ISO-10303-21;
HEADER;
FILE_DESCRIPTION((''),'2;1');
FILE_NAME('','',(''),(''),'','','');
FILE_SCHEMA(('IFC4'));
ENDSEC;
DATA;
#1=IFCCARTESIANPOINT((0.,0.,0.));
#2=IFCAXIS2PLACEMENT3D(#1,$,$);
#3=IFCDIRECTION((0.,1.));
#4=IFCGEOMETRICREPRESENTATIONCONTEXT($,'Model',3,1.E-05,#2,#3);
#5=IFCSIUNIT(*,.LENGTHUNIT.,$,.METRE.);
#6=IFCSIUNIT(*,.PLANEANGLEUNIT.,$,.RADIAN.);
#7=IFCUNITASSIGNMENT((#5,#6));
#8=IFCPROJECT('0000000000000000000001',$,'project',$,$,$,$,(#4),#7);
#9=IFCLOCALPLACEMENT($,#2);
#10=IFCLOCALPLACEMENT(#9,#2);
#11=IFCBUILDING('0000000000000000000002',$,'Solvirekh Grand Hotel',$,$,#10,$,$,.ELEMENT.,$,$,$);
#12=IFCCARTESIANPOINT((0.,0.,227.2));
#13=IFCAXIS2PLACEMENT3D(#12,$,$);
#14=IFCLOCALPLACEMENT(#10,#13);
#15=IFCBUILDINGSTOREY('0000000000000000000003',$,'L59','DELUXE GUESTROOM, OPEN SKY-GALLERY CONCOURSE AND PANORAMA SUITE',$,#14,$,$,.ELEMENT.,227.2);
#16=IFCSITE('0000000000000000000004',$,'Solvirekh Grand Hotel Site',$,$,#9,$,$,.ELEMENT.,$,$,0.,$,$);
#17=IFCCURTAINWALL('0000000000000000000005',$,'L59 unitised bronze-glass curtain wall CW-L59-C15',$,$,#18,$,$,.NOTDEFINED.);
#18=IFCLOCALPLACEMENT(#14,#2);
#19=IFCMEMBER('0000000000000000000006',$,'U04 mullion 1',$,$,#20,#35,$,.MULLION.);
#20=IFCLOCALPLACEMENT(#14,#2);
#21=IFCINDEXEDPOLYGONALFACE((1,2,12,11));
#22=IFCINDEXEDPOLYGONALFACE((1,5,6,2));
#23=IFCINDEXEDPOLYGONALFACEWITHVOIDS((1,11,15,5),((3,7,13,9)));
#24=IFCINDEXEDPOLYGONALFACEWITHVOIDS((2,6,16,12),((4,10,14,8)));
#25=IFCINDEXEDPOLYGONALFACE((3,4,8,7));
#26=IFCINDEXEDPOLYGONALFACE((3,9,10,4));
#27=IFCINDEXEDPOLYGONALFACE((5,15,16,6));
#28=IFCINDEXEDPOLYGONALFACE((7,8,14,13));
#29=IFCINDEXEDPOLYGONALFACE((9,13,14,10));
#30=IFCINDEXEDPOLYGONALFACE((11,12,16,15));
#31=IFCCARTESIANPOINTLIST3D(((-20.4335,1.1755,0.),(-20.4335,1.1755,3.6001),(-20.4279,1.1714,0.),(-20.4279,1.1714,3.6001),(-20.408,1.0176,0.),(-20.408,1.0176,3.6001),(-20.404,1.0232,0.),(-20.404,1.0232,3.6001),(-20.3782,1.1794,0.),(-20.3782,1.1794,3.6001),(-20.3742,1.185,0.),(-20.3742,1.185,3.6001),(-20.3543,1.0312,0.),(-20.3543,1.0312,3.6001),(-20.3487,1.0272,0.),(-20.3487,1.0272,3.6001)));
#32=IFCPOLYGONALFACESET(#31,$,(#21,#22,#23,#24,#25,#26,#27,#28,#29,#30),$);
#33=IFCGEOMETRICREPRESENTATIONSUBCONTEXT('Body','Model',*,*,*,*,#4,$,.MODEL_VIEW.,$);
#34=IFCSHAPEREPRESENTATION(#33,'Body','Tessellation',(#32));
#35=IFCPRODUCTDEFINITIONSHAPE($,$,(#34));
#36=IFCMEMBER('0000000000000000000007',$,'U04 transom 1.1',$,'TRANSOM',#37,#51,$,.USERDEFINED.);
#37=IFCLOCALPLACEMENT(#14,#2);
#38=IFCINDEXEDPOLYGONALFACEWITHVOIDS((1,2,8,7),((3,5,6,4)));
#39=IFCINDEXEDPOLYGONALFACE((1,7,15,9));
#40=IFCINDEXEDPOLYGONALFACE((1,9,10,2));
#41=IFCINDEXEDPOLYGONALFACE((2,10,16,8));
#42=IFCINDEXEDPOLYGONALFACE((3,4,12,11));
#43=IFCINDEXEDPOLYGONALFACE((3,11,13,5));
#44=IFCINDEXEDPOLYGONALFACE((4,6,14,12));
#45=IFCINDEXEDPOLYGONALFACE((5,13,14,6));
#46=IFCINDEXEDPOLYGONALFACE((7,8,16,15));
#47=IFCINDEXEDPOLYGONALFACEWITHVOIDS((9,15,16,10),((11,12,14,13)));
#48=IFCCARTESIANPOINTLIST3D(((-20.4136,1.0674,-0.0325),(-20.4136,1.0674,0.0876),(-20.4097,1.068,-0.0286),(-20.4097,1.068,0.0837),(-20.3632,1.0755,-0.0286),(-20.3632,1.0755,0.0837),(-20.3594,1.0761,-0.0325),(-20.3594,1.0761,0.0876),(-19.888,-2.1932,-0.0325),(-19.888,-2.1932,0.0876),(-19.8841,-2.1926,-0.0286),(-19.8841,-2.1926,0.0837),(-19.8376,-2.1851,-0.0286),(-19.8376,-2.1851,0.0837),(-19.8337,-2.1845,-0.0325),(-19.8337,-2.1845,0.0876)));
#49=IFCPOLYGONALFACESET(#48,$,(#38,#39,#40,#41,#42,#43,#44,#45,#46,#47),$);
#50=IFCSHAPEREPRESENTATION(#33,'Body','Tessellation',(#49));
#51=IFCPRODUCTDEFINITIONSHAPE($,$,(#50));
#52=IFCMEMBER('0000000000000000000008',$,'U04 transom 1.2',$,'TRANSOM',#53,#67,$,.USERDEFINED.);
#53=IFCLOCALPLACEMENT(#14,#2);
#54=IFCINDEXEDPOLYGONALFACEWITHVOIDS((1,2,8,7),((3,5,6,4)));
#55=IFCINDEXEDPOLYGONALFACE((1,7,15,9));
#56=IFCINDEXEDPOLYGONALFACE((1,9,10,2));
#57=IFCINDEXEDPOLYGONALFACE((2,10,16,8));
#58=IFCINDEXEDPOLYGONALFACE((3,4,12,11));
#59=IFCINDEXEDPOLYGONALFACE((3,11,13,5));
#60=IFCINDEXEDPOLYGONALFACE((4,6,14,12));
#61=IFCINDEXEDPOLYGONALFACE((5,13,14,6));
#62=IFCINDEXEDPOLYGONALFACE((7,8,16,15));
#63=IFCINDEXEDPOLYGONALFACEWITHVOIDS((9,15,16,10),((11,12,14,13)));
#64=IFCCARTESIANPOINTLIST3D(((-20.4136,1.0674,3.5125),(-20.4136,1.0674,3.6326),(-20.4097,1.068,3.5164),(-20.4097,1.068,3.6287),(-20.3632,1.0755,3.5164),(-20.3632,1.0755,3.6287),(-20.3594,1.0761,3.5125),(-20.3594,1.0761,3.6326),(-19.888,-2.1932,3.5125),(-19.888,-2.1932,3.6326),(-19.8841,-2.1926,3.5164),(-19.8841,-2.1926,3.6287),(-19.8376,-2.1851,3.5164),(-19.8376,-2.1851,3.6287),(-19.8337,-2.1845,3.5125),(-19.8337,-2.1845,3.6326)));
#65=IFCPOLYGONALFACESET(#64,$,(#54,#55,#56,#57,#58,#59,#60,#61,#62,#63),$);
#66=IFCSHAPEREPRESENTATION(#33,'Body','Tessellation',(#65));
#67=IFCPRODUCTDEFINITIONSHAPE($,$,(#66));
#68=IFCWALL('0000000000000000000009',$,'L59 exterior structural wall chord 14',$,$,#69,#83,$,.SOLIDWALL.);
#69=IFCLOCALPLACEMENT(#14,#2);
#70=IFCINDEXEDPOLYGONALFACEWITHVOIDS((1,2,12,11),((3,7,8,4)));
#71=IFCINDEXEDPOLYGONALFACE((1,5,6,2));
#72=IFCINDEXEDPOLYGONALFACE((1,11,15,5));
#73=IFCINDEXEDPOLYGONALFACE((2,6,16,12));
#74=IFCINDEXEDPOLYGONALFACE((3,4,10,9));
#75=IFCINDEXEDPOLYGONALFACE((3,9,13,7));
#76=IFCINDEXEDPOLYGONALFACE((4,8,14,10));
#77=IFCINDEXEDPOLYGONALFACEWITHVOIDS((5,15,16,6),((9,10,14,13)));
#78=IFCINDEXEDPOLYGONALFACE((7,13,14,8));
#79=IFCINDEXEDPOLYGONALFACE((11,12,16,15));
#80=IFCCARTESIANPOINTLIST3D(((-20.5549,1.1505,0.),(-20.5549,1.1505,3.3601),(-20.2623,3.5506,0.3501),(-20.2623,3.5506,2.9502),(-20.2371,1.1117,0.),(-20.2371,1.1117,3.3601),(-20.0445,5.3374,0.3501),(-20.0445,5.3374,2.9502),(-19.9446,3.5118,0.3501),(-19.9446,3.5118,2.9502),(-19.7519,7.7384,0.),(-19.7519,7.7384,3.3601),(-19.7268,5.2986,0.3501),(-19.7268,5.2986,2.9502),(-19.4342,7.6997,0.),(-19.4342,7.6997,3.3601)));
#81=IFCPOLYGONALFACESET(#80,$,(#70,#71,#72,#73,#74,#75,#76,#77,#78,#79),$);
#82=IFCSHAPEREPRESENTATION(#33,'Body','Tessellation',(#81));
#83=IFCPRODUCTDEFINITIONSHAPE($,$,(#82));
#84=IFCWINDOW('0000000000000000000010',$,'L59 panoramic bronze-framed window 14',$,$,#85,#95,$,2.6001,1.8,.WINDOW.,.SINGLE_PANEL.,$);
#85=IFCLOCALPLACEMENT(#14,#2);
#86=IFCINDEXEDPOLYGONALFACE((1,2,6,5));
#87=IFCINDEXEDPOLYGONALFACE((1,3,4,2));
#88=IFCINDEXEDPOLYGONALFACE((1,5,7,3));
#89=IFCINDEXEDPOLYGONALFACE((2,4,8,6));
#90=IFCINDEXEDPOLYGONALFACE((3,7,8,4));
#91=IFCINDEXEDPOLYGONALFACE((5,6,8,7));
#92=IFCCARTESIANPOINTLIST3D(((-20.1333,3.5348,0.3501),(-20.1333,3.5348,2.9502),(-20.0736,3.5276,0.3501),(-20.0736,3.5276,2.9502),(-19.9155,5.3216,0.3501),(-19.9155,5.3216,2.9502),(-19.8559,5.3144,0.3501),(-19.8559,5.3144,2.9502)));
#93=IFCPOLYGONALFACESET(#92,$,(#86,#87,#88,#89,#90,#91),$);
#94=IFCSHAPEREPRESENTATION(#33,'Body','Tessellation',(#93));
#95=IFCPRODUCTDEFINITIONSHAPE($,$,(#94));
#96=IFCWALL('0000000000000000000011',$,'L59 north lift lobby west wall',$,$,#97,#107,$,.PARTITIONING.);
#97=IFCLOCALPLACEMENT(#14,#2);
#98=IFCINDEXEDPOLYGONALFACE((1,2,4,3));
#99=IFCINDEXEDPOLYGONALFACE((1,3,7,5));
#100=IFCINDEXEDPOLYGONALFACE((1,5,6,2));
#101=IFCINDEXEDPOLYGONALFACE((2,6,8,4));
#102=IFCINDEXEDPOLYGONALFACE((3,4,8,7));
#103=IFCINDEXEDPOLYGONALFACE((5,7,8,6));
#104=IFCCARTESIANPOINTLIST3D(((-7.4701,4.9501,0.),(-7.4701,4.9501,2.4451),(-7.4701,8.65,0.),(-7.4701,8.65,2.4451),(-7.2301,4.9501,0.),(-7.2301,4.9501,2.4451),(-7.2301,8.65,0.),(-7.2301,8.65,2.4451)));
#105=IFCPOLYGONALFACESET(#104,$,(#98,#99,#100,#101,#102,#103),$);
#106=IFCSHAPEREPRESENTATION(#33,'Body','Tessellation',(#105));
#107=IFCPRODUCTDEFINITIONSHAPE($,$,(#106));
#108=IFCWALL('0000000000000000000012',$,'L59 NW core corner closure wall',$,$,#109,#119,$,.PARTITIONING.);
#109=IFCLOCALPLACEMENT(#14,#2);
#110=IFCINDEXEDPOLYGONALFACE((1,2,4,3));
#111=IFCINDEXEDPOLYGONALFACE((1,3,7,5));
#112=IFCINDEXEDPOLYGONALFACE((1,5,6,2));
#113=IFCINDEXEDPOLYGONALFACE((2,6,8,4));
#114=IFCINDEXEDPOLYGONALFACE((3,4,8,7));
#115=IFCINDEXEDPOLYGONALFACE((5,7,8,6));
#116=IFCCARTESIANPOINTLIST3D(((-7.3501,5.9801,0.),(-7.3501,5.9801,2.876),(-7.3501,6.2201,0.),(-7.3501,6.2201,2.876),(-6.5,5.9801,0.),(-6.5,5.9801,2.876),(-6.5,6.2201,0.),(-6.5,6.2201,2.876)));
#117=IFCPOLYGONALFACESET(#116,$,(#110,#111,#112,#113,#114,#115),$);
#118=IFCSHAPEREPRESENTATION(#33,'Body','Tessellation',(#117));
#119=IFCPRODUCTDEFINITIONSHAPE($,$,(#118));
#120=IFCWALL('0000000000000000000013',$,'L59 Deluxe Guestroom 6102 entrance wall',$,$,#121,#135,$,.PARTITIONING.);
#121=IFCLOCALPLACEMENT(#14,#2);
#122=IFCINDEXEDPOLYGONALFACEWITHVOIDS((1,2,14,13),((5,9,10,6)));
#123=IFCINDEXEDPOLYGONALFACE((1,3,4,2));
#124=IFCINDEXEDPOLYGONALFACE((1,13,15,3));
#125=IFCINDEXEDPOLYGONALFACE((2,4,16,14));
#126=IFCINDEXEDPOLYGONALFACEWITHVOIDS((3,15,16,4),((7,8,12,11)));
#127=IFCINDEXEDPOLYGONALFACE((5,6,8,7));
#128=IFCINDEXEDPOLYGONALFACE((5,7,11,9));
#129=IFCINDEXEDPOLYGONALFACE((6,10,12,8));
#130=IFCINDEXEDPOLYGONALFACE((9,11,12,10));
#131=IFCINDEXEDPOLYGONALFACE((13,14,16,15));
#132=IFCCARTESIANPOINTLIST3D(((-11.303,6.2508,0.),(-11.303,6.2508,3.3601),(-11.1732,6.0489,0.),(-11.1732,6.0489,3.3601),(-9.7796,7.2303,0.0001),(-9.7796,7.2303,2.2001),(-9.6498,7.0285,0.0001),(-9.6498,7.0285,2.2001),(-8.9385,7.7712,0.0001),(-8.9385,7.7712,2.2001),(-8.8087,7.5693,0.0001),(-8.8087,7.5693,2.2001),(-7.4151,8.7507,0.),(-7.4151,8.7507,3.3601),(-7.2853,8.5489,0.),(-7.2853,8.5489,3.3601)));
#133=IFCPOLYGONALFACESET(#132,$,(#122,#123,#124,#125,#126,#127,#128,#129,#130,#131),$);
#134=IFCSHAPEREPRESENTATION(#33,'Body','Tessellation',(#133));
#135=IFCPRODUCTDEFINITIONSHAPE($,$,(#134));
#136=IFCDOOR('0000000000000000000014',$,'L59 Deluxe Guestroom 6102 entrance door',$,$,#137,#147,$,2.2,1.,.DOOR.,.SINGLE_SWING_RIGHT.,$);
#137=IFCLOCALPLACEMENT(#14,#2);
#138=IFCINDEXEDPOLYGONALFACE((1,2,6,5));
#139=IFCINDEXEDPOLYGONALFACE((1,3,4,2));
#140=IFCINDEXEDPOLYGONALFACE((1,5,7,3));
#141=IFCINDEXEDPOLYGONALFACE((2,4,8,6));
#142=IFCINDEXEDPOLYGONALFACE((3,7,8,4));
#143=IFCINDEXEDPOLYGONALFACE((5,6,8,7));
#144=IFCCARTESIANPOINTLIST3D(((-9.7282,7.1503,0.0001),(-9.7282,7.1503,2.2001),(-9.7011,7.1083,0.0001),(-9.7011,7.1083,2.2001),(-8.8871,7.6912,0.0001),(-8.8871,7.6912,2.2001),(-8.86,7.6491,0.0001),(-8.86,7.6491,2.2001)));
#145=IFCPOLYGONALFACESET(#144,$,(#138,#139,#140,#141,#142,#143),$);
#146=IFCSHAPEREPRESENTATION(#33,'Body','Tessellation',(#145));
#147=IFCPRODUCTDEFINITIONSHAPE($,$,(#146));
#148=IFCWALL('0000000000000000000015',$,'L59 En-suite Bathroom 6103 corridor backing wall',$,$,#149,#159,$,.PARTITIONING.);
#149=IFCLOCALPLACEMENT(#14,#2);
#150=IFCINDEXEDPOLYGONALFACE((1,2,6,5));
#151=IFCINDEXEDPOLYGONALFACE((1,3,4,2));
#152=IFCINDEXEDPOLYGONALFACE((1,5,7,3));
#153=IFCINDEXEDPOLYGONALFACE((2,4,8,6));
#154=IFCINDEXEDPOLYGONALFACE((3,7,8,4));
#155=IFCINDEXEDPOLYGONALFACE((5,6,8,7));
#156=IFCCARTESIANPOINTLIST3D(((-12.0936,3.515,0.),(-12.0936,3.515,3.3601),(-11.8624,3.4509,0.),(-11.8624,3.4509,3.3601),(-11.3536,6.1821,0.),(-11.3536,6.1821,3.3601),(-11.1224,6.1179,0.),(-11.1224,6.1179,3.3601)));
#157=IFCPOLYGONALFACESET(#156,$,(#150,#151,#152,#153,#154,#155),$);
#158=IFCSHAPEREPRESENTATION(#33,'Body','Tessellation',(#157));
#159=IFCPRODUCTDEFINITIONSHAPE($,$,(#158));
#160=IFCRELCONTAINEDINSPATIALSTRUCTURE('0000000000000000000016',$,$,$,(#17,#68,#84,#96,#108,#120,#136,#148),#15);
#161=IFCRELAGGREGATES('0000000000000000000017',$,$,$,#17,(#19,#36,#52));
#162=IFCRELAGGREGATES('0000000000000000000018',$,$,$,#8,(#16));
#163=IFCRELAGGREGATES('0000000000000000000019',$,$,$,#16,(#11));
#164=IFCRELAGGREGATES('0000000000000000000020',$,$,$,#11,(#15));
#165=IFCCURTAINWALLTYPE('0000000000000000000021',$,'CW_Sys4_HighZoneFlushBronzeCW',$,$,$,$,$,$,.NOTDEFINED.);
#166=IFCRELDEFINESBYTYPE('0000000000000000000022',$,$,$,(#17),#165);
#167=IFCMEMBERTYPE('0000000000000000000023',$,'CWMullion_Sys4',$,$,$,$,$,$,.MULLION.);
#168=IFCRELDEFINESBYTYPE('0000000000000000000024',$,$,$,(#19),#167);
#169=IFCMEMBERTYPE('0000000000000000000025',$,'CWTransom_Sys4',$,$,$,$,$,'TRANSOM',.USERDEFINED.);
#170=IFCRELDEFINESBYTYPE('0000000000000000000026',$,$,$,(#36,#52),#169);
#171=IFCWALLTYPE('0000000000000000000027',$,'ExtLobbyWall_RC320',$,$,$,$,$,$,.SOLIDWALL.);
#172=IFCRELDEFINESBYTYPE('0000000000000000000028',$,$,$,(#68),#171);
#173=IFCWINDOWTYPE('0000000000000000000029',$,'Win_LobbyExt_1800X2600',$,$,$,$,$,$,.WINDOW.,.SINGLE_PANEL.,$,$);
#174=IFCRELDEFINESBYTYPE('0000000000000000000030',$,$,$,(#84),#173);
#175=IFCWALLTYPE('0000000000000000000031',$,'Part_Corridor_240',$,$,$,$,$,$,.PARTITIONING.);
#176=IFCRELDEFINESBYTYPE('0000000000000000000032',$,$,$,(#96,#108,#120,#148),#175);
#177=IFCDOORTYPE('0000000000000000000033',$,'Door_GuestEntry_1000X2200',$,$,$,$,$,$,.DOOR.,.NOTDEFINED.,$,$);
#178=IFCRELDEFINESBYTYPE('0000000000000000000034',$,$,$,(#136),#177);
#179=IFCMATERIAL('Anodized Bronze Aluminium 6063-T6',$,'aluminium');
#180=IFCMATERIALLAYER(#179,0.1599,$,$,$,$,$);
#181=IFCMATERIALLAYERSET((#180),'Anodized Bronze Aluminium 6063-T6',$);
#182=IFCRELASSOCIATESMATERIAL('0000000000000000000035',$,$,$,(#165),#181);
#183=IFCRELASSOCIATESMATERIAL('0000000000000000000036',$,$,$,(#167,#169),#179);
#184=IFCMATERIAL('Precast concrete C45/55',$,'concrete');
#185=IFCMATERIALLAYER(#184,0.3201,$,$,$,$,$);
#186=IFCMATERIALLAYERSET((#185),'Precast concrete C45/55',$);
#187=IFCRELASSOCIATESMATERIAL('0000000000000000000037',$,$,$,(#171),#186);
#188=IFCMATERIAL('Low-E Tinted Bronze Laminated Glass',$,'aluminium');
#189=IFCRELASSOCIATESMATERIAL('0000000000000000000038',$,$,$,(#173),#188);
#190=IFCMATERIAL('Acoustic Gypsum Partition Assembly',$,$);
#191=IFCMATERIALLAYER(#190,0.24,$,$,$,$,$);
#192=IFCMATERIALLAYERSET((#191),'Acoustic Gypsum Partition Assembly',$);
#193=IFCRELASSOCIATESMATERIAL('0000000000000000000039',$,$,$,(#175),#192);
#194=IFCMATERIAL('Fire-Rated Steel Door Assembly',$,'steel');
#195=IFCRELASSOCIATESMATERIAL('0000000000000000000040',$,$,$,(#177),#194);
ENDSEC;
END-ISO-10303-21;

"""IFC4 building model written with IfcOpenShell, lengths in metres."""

from ifc_helpers import new_model, si_unit, direction, frame, frame_2d, origin, origin_2d, place, context, subcontext, project, spatial, rectangle, hollow_rectangle, extrude, source, transform, mapped, material, layer, layer_set, material_profile, profile_set, type_object, element, fill, aggregate, save


model = new_model("IFC4")

# Units and contexts
model_context = context("Model", 3, precision=1e-05, world=origin(), true_north=direction((0.0, 1.0)))
body_context = subcontext(model_context, "Body", "Model", "MODEL_VIEW")
ifc_project = project(units=[si_unit("LENGTHUNIT", "METRE"), si_unit("PLANEANGLEUNIT", "RADIAN")], contexts=[model_context])

# Site, building, storey
site_placement = place(None, origin())
site = spatial("IfcSite", under=ifc_project, at=site_placement, Name="Solvirekh Grand Hotel Site", CompositionType="ELEMENT", RefElevation=0.0)
building_placement = place(site_placement, origin())
building = spatial("IfcBuilding", under=site, at=building_placement, Name="Solvirekh Grand Hotel", CompositionType="ELEMENT")
storey_placement = place(building_placement, frame((0.0, 0.0, 227.2)))
storey = spatial("IfcBuildingStorey", under=building, at=storey_placement, Name="L59", Description="DELUXE GUESTROOM, OPEN SKY-GALLERY CONCOURSE AND PANORAMA SUITE", CompositionType="ELEMENT", Elevation=227.2)

# Curtain wall, members
ifc_material_1 = material(Name="Anodized Bronze Aluminium 6063-T6", Category="aluminium")
ifc_layer_1 = layer(ifc_material_1, 0.1599)
ifc_layer_set_1 = layer_set([ifc_layer_1], Name="Anodized Bronze Aluminium 6063-T6")
curtain_wall_type = type_object("IfcCurtainWallType", Name="CW_Sys4_HighZoneFlushBronzeCW", PredefinedType="NOTDEFINED", material=ifc_layer_set_1)
curtain_wall_placement = place(storey_placement, origin())
curtain_wall = element("IfcCurtainWall", 1, at=curtain_wall_placement, inside=storey, type_object=curtain_wall_type, Name="L59 unitised bronze-glass curtain wall CW-L59-C15", PredefinedType="NOTDEFINED")
ifc_material_profile_1 = material_profile(ifc_material_1, hollow_rectangle(XDim=0.0601, YDim=0.1599, WallThickness=0.0049, at=origin_2d()), Name="ALU RHS 160X60X5")
ifc_profile_set_1 = profile_set([ifc_material_profile_1], Name="Anodized Bronze Aluminium 6063-T6")
member_type_1 = type_object("IfcMemberType", Name="CWMullion_Sys4", PredefinedType="MULLION", material=ifc_profile_set_1)
shared_shape_1 = source(origin(), body_context, "Body", "SweptSolid", [
    extrude(hollow_rectangle(XDim=0.0601, YDim=0.1599, WallThickness=0.0049, at=origin_2d()), origin(), (0.0, 0.0, 1.0), 3.6001),
])
member_1_placement = place(storey_placement, frame((-20.3911, 1.1013, 0.0), z_axis=(0.0, 0.0, 1.0), x_axis=(0.987252, 0.159163, 0.0)))
member_1 = element("IfcMember", 2, at=member_1_placement, type_object=member_type_1, Name="U04 mullion 1", PredefinedType="MULLION", context=body_context, shape_type="MappedRepresentation", body=[
    mapped(shared_shape_1, transform((0.0, 0.0, 0.0), x_axis=(1.0, 0.0, 0.0), y_axis=(0.0, 1.0, 0.0), z_axis=(0.0, 0.0, 1.0), scale=1.0)),
])
ifc_material_profile_2 = material_profile(ifc_material_1, hollow_rectangle(XDim=0.0549, YDim=0.1201, WallThickness=0.0039, at=origin_2d()), Name="ALU RHS 120X55X4")
ifc_profile_set_2 = profile_set([ifc_material_profile_2], Name="Anodized Bronze Aluminium 6063-T6")
member_type_2 = type_object("IfcMemberType", Name="CWTransom_Sys4", ElementType="TRANSOM", PredefinedType="USERDEFINED", material=ifc_profile_set_2)
shared_shape_2 = source(origin(), body_context, "Body", "SweptSolid", [
    extrude(hollow_rectangle(XDim=0.0549, YDim=0.1201, WallThickness=0.0039, at=origin_2d()), origin(), (0.0, 0.0, 1.0), 3.3027),
])
member_2_placement = place(storey_placement, frame((-20.3865, 1.0718, 0.0276), z_axis=(0.159146, -0.987255, 0.0), x_axis=(0.987255, 0.159146, 0.0)))
member_2 = element("IfcMember", 3, at=member_2_placement, type_object=member_type_2, Name="U04 transom 1.1", ObjectType="TRANSOM", PredefinedType="USERDEFINED", context=body_context, shape_type="MappedRepresentation", body=[
    mapped(shared_shape_2, transform((0.0, 0.0, 0.0), x_axis=(1.0, 0.0, 0.0), y_axis=(0.0, 1.0, 0.0), z_axis=(0.0, 0.0, 1.0), scale=1.0)),
])
member_3_placement = place(storey_placement, frame((-20.3865, 1.0718, 3.5725), z_axis=(0.159146, -0.987255, 0.0), x_axis=(0.987255, 0.159146, 0.0)))
member_3 = element("IfcMember", 4, at=member_3_placement, type_object=member_type_2, Name="U04 transom 1.2", ObjectType="TRANSOM", PredefinedType="USERDEFINED", context=body_context, shape_type="MappedRepresentation", body=[
    mapped(shared_shape_2, transform((0.0, 0.0, 0.0), x_axis=(1.0, 0.0, 0.0), y_axis=(0.0, 1.0, 0.0), z_axis=(0.0, 0.0, 1.0), scale=1.0)),
])
aggregate(curtain_wall, [member_1, member_2, member_3])

# Wall, opening, window
ifc_material_2 = material(Name="Precast concrete C45/55", Category="concrete")
ifc_layer_2 = layer(ifc_material_2, 0.3201)
ifc_layer_set_2 = layer_set([ifc_layer_2], Name="Precast concrete C45/55")
wall_type_1 = type_object("IfcWallType", Name="ExtLobbyWall_RC320", PredefinedType="SOLIDWALL", material=ifc_layer_set_2)
wall_1_placement = place(storey_placement, frame((-20.396, 1.1311, 0.0), z_axis=(0.0, 0.0, 1.0), x_axis=(0.120992, 0.992654, 0.0)))
wall_1 = element("IfcWall", 5, at=wall_1_placement, inside=storey, type_object=wall_type_1, Name="L59 exterior structural wall chord 14", PredefinedType="SOLIDWALL", context=body_context, shape_type="SweptSolid", body=[
    extrude(rectangle(XDim=6.6367, YDim=0.3201, at=frame_2d((3.3184, 0.0))), origin(), (0.0, 0.0, 1.0), 3.3601),
])
opening_1_placement = place(wall_1_placement, frame((2.418, 0.0, 0.3501)))
opening_1 = element("IfcOpeningElement", 6, at=opening_1_placement, cuts=wall_1, PredefinedType="OPENING", context=body_context, shape_type="SweptSolid", body=[
    extrude(rectangle(XDim=1.8, YDim=2.6001, at=frame_2d((0.8999, 1.3))), frame((0.0, 0.1699, 0.0), z_axis=(0.0, -1.0, 0.0), x_axis=(1.0, 0.0, 0.0)), (0.0, 0.0, 1.0), 0.3401),
])
ifc_material_3 = material(Name="Low-E Tinted Bronze Laminated Glass", Category="aluminium")
window_type = type_object("IfcWindowType", Name="Win_LobbyExt_1800X2600", PartitioningType="SINGLE_PANEL", PredefinedType="WINDOW", material=ifc_material_3)
window_placement = place(opening_1_placement, origin())
window = element("IfcWindow", 7, at=window_placement, inside=storey, type_object=window_type, Name="L59 panoramic bronze-framed window 14", OverallHeight=2.6001, OverallWidth=1.8, PartitioningType="SINGLE_PANEL", PredefinedType="WINDOW", context=body_context, shape_type="SweptSolid", body=[
    extrude(rectangle(XDim=1.8, YDim=2.6001, at=frame_2d((0.8999, 1.3))), frame((0.0, 0.03, 0.0), z_axis=(0.0, -1.0, 0.0), x_axis=(1.0, 0.0, 0.0)), (0.0, 0.0, 1.0), 0.0601),
])
fill(opening_1, window)

# Walls
ifc_material_4 = material(Name="Acoustic Gypsum Partition Assembly")
ifc_layer_3 = layer(ifc_material_4, 0.24)
ifc_layer_set_3 = layer_set([ifc_layer_3], Name="Acoustic Gypsum Partition Assembly")
wall_type_2 = type_object("IfcWallType", Name="Part_Corridor_240", PredefinedType="PARTITIONING", material=ifc_layer_set_3)
wall_2_placement = place(storey_placement, frame((-7.3501, 4.95, 0.0), z_axis=(0.0, 0.0, 1.0), x_axis=(0.0, 1.0, 0.0)))
element("IfcWall", 8, at=wall_2_placement, inside=storey, type_object=wall_type_2, Name="L59 north lift lobby west wall", PredefinedType="PARTITIONING", context=body_context, shape_type="SweptSolid", body=[
    extrude(rectangle(XDim=3.7, YDim=0.24, at=frame_2d((1.8501, 0.0))), origin(), (0.0, 0.0, 1.0), 2.4451),
])
wall_3_placement = place(storey_placement, frame((-7.3501, 6.1001, 0.0), z_axis=(0.0, 0.0, 1.0), x_axis=(1.0, 0.0, 0.0)))
element("IfcWall", 9, at=wall_3_placement, inside=storey, type_object=wall_type_2, Name="L59 NW core corner closure wall", PredefinedType="PARTITIONING", context=body_context, shape_type="SweptSolid", body=[
    extrude(rectangle(XDim=0.8501, YDim=0.24, at=frame_2d((0.425, 0.0))), origin(), (0.0, 0.0, 1.0), 2.876),
])

# Wall, opening, door
wall_4_placement = place(storey_placement, frame((-11.238, 6.1499, 0.0), z_axis=(0.0, 0.0, 1.0), x_axis=(0.841118, 0.540851, 0.0)))
wall_4 = element("IfcWall", 10, at=wall_4_placement, inside=storey, type_object=wall_type_2, Name="L59 Deluxe Guestroom 6102 entrance wall", PredefinedType="PARTITIONING", context=body_context, shape_type="SweptSolid", body=[
    extrude(rectangle(XDim=4.6223, YDim=0.24, at=frame_2d((2.311, 0.0))), origin(), (0.0, 0.0, 1.0), 3.3601),
])
opening_2_placement = place(wall_4_placement, frame((1.811, 0.0, 0.0)))
opening_2 = element("IfcOpeningElement", 11, at=opening_2_placement, cuts=wall_4, PredefinedType="OPENING", context=body_context, shape_type="SweptSolid", body=[
    extrude(rectangle(XDim=1.0, YDim=2.2, at=frame_2d((0.5, 1.1001))), frame((0.0, 0.1299, 0.0), z_axis=(0.0, -1.0, 0.0), x_axis=(1.0, 0.0, 0.0)), (0.0, 0.0, 1.0), 0.26),
])
ifc_material_5 = material(Name="Fire-Rated Steel Door Assembly", Category="steel")
door_type_1 = type_object("IfcDoorType", Name="Door_GuestEntry_1000X2200", OperationType="NOTDEFINED", PredefinedType="DOOR", material=ifc_material_5)
door_1_placement = place(opening_2_placement, origin())
door_1 = element("IfcDoor", 12, at=door_1_placement, inside=storey, type_object=door_type_1, Name="L59 Deluxe Guestroom 6102 entrance door", OperationType="SINGLE_SWING_RIGHT", OverallHeight=2.2, OverallWidth=1.0, PredefinedType="DOOR", context=body_context, shape_type="SweptSolid", body=[
    extrude(rectangle(XDim=1.0, YDim=2.2, at=frame_2d((0.5, 1.1001))), frame((0.0, 0.0249, 0.0), z_axis=(0.0, -1.0, 0.0), x_axis=(1.0, 0.0, 0.0)), (0.0, 0.0, 1.0), 0.05),
])
fill(opening_2, door_1)

# Wall
wall_5_placement = place(storey_placement, frame((-11.238, 6.1499, 0.0), z_axis=(0.0, 0.0, 1.0), x_axis=(-0.267362, -0.963596, 0.0)))
element("IfcWall", 13, at=wall_5_placement, inside=storey, type_object=wall_type_2, Name="L59 En-suite Bathroom 6103 corridor backing wall", PredefinedType="PARTITIONING", context=body_context, shape_type="SweptSolid", body=[
    extrude(rectangle(XDim=2.7678, YDim=0.24, at=frame_2d((1.3838, 0.0))), origin(), (0.0, 0.0, 1.0), 3.3601),
])

save(model, "model.ifc")
